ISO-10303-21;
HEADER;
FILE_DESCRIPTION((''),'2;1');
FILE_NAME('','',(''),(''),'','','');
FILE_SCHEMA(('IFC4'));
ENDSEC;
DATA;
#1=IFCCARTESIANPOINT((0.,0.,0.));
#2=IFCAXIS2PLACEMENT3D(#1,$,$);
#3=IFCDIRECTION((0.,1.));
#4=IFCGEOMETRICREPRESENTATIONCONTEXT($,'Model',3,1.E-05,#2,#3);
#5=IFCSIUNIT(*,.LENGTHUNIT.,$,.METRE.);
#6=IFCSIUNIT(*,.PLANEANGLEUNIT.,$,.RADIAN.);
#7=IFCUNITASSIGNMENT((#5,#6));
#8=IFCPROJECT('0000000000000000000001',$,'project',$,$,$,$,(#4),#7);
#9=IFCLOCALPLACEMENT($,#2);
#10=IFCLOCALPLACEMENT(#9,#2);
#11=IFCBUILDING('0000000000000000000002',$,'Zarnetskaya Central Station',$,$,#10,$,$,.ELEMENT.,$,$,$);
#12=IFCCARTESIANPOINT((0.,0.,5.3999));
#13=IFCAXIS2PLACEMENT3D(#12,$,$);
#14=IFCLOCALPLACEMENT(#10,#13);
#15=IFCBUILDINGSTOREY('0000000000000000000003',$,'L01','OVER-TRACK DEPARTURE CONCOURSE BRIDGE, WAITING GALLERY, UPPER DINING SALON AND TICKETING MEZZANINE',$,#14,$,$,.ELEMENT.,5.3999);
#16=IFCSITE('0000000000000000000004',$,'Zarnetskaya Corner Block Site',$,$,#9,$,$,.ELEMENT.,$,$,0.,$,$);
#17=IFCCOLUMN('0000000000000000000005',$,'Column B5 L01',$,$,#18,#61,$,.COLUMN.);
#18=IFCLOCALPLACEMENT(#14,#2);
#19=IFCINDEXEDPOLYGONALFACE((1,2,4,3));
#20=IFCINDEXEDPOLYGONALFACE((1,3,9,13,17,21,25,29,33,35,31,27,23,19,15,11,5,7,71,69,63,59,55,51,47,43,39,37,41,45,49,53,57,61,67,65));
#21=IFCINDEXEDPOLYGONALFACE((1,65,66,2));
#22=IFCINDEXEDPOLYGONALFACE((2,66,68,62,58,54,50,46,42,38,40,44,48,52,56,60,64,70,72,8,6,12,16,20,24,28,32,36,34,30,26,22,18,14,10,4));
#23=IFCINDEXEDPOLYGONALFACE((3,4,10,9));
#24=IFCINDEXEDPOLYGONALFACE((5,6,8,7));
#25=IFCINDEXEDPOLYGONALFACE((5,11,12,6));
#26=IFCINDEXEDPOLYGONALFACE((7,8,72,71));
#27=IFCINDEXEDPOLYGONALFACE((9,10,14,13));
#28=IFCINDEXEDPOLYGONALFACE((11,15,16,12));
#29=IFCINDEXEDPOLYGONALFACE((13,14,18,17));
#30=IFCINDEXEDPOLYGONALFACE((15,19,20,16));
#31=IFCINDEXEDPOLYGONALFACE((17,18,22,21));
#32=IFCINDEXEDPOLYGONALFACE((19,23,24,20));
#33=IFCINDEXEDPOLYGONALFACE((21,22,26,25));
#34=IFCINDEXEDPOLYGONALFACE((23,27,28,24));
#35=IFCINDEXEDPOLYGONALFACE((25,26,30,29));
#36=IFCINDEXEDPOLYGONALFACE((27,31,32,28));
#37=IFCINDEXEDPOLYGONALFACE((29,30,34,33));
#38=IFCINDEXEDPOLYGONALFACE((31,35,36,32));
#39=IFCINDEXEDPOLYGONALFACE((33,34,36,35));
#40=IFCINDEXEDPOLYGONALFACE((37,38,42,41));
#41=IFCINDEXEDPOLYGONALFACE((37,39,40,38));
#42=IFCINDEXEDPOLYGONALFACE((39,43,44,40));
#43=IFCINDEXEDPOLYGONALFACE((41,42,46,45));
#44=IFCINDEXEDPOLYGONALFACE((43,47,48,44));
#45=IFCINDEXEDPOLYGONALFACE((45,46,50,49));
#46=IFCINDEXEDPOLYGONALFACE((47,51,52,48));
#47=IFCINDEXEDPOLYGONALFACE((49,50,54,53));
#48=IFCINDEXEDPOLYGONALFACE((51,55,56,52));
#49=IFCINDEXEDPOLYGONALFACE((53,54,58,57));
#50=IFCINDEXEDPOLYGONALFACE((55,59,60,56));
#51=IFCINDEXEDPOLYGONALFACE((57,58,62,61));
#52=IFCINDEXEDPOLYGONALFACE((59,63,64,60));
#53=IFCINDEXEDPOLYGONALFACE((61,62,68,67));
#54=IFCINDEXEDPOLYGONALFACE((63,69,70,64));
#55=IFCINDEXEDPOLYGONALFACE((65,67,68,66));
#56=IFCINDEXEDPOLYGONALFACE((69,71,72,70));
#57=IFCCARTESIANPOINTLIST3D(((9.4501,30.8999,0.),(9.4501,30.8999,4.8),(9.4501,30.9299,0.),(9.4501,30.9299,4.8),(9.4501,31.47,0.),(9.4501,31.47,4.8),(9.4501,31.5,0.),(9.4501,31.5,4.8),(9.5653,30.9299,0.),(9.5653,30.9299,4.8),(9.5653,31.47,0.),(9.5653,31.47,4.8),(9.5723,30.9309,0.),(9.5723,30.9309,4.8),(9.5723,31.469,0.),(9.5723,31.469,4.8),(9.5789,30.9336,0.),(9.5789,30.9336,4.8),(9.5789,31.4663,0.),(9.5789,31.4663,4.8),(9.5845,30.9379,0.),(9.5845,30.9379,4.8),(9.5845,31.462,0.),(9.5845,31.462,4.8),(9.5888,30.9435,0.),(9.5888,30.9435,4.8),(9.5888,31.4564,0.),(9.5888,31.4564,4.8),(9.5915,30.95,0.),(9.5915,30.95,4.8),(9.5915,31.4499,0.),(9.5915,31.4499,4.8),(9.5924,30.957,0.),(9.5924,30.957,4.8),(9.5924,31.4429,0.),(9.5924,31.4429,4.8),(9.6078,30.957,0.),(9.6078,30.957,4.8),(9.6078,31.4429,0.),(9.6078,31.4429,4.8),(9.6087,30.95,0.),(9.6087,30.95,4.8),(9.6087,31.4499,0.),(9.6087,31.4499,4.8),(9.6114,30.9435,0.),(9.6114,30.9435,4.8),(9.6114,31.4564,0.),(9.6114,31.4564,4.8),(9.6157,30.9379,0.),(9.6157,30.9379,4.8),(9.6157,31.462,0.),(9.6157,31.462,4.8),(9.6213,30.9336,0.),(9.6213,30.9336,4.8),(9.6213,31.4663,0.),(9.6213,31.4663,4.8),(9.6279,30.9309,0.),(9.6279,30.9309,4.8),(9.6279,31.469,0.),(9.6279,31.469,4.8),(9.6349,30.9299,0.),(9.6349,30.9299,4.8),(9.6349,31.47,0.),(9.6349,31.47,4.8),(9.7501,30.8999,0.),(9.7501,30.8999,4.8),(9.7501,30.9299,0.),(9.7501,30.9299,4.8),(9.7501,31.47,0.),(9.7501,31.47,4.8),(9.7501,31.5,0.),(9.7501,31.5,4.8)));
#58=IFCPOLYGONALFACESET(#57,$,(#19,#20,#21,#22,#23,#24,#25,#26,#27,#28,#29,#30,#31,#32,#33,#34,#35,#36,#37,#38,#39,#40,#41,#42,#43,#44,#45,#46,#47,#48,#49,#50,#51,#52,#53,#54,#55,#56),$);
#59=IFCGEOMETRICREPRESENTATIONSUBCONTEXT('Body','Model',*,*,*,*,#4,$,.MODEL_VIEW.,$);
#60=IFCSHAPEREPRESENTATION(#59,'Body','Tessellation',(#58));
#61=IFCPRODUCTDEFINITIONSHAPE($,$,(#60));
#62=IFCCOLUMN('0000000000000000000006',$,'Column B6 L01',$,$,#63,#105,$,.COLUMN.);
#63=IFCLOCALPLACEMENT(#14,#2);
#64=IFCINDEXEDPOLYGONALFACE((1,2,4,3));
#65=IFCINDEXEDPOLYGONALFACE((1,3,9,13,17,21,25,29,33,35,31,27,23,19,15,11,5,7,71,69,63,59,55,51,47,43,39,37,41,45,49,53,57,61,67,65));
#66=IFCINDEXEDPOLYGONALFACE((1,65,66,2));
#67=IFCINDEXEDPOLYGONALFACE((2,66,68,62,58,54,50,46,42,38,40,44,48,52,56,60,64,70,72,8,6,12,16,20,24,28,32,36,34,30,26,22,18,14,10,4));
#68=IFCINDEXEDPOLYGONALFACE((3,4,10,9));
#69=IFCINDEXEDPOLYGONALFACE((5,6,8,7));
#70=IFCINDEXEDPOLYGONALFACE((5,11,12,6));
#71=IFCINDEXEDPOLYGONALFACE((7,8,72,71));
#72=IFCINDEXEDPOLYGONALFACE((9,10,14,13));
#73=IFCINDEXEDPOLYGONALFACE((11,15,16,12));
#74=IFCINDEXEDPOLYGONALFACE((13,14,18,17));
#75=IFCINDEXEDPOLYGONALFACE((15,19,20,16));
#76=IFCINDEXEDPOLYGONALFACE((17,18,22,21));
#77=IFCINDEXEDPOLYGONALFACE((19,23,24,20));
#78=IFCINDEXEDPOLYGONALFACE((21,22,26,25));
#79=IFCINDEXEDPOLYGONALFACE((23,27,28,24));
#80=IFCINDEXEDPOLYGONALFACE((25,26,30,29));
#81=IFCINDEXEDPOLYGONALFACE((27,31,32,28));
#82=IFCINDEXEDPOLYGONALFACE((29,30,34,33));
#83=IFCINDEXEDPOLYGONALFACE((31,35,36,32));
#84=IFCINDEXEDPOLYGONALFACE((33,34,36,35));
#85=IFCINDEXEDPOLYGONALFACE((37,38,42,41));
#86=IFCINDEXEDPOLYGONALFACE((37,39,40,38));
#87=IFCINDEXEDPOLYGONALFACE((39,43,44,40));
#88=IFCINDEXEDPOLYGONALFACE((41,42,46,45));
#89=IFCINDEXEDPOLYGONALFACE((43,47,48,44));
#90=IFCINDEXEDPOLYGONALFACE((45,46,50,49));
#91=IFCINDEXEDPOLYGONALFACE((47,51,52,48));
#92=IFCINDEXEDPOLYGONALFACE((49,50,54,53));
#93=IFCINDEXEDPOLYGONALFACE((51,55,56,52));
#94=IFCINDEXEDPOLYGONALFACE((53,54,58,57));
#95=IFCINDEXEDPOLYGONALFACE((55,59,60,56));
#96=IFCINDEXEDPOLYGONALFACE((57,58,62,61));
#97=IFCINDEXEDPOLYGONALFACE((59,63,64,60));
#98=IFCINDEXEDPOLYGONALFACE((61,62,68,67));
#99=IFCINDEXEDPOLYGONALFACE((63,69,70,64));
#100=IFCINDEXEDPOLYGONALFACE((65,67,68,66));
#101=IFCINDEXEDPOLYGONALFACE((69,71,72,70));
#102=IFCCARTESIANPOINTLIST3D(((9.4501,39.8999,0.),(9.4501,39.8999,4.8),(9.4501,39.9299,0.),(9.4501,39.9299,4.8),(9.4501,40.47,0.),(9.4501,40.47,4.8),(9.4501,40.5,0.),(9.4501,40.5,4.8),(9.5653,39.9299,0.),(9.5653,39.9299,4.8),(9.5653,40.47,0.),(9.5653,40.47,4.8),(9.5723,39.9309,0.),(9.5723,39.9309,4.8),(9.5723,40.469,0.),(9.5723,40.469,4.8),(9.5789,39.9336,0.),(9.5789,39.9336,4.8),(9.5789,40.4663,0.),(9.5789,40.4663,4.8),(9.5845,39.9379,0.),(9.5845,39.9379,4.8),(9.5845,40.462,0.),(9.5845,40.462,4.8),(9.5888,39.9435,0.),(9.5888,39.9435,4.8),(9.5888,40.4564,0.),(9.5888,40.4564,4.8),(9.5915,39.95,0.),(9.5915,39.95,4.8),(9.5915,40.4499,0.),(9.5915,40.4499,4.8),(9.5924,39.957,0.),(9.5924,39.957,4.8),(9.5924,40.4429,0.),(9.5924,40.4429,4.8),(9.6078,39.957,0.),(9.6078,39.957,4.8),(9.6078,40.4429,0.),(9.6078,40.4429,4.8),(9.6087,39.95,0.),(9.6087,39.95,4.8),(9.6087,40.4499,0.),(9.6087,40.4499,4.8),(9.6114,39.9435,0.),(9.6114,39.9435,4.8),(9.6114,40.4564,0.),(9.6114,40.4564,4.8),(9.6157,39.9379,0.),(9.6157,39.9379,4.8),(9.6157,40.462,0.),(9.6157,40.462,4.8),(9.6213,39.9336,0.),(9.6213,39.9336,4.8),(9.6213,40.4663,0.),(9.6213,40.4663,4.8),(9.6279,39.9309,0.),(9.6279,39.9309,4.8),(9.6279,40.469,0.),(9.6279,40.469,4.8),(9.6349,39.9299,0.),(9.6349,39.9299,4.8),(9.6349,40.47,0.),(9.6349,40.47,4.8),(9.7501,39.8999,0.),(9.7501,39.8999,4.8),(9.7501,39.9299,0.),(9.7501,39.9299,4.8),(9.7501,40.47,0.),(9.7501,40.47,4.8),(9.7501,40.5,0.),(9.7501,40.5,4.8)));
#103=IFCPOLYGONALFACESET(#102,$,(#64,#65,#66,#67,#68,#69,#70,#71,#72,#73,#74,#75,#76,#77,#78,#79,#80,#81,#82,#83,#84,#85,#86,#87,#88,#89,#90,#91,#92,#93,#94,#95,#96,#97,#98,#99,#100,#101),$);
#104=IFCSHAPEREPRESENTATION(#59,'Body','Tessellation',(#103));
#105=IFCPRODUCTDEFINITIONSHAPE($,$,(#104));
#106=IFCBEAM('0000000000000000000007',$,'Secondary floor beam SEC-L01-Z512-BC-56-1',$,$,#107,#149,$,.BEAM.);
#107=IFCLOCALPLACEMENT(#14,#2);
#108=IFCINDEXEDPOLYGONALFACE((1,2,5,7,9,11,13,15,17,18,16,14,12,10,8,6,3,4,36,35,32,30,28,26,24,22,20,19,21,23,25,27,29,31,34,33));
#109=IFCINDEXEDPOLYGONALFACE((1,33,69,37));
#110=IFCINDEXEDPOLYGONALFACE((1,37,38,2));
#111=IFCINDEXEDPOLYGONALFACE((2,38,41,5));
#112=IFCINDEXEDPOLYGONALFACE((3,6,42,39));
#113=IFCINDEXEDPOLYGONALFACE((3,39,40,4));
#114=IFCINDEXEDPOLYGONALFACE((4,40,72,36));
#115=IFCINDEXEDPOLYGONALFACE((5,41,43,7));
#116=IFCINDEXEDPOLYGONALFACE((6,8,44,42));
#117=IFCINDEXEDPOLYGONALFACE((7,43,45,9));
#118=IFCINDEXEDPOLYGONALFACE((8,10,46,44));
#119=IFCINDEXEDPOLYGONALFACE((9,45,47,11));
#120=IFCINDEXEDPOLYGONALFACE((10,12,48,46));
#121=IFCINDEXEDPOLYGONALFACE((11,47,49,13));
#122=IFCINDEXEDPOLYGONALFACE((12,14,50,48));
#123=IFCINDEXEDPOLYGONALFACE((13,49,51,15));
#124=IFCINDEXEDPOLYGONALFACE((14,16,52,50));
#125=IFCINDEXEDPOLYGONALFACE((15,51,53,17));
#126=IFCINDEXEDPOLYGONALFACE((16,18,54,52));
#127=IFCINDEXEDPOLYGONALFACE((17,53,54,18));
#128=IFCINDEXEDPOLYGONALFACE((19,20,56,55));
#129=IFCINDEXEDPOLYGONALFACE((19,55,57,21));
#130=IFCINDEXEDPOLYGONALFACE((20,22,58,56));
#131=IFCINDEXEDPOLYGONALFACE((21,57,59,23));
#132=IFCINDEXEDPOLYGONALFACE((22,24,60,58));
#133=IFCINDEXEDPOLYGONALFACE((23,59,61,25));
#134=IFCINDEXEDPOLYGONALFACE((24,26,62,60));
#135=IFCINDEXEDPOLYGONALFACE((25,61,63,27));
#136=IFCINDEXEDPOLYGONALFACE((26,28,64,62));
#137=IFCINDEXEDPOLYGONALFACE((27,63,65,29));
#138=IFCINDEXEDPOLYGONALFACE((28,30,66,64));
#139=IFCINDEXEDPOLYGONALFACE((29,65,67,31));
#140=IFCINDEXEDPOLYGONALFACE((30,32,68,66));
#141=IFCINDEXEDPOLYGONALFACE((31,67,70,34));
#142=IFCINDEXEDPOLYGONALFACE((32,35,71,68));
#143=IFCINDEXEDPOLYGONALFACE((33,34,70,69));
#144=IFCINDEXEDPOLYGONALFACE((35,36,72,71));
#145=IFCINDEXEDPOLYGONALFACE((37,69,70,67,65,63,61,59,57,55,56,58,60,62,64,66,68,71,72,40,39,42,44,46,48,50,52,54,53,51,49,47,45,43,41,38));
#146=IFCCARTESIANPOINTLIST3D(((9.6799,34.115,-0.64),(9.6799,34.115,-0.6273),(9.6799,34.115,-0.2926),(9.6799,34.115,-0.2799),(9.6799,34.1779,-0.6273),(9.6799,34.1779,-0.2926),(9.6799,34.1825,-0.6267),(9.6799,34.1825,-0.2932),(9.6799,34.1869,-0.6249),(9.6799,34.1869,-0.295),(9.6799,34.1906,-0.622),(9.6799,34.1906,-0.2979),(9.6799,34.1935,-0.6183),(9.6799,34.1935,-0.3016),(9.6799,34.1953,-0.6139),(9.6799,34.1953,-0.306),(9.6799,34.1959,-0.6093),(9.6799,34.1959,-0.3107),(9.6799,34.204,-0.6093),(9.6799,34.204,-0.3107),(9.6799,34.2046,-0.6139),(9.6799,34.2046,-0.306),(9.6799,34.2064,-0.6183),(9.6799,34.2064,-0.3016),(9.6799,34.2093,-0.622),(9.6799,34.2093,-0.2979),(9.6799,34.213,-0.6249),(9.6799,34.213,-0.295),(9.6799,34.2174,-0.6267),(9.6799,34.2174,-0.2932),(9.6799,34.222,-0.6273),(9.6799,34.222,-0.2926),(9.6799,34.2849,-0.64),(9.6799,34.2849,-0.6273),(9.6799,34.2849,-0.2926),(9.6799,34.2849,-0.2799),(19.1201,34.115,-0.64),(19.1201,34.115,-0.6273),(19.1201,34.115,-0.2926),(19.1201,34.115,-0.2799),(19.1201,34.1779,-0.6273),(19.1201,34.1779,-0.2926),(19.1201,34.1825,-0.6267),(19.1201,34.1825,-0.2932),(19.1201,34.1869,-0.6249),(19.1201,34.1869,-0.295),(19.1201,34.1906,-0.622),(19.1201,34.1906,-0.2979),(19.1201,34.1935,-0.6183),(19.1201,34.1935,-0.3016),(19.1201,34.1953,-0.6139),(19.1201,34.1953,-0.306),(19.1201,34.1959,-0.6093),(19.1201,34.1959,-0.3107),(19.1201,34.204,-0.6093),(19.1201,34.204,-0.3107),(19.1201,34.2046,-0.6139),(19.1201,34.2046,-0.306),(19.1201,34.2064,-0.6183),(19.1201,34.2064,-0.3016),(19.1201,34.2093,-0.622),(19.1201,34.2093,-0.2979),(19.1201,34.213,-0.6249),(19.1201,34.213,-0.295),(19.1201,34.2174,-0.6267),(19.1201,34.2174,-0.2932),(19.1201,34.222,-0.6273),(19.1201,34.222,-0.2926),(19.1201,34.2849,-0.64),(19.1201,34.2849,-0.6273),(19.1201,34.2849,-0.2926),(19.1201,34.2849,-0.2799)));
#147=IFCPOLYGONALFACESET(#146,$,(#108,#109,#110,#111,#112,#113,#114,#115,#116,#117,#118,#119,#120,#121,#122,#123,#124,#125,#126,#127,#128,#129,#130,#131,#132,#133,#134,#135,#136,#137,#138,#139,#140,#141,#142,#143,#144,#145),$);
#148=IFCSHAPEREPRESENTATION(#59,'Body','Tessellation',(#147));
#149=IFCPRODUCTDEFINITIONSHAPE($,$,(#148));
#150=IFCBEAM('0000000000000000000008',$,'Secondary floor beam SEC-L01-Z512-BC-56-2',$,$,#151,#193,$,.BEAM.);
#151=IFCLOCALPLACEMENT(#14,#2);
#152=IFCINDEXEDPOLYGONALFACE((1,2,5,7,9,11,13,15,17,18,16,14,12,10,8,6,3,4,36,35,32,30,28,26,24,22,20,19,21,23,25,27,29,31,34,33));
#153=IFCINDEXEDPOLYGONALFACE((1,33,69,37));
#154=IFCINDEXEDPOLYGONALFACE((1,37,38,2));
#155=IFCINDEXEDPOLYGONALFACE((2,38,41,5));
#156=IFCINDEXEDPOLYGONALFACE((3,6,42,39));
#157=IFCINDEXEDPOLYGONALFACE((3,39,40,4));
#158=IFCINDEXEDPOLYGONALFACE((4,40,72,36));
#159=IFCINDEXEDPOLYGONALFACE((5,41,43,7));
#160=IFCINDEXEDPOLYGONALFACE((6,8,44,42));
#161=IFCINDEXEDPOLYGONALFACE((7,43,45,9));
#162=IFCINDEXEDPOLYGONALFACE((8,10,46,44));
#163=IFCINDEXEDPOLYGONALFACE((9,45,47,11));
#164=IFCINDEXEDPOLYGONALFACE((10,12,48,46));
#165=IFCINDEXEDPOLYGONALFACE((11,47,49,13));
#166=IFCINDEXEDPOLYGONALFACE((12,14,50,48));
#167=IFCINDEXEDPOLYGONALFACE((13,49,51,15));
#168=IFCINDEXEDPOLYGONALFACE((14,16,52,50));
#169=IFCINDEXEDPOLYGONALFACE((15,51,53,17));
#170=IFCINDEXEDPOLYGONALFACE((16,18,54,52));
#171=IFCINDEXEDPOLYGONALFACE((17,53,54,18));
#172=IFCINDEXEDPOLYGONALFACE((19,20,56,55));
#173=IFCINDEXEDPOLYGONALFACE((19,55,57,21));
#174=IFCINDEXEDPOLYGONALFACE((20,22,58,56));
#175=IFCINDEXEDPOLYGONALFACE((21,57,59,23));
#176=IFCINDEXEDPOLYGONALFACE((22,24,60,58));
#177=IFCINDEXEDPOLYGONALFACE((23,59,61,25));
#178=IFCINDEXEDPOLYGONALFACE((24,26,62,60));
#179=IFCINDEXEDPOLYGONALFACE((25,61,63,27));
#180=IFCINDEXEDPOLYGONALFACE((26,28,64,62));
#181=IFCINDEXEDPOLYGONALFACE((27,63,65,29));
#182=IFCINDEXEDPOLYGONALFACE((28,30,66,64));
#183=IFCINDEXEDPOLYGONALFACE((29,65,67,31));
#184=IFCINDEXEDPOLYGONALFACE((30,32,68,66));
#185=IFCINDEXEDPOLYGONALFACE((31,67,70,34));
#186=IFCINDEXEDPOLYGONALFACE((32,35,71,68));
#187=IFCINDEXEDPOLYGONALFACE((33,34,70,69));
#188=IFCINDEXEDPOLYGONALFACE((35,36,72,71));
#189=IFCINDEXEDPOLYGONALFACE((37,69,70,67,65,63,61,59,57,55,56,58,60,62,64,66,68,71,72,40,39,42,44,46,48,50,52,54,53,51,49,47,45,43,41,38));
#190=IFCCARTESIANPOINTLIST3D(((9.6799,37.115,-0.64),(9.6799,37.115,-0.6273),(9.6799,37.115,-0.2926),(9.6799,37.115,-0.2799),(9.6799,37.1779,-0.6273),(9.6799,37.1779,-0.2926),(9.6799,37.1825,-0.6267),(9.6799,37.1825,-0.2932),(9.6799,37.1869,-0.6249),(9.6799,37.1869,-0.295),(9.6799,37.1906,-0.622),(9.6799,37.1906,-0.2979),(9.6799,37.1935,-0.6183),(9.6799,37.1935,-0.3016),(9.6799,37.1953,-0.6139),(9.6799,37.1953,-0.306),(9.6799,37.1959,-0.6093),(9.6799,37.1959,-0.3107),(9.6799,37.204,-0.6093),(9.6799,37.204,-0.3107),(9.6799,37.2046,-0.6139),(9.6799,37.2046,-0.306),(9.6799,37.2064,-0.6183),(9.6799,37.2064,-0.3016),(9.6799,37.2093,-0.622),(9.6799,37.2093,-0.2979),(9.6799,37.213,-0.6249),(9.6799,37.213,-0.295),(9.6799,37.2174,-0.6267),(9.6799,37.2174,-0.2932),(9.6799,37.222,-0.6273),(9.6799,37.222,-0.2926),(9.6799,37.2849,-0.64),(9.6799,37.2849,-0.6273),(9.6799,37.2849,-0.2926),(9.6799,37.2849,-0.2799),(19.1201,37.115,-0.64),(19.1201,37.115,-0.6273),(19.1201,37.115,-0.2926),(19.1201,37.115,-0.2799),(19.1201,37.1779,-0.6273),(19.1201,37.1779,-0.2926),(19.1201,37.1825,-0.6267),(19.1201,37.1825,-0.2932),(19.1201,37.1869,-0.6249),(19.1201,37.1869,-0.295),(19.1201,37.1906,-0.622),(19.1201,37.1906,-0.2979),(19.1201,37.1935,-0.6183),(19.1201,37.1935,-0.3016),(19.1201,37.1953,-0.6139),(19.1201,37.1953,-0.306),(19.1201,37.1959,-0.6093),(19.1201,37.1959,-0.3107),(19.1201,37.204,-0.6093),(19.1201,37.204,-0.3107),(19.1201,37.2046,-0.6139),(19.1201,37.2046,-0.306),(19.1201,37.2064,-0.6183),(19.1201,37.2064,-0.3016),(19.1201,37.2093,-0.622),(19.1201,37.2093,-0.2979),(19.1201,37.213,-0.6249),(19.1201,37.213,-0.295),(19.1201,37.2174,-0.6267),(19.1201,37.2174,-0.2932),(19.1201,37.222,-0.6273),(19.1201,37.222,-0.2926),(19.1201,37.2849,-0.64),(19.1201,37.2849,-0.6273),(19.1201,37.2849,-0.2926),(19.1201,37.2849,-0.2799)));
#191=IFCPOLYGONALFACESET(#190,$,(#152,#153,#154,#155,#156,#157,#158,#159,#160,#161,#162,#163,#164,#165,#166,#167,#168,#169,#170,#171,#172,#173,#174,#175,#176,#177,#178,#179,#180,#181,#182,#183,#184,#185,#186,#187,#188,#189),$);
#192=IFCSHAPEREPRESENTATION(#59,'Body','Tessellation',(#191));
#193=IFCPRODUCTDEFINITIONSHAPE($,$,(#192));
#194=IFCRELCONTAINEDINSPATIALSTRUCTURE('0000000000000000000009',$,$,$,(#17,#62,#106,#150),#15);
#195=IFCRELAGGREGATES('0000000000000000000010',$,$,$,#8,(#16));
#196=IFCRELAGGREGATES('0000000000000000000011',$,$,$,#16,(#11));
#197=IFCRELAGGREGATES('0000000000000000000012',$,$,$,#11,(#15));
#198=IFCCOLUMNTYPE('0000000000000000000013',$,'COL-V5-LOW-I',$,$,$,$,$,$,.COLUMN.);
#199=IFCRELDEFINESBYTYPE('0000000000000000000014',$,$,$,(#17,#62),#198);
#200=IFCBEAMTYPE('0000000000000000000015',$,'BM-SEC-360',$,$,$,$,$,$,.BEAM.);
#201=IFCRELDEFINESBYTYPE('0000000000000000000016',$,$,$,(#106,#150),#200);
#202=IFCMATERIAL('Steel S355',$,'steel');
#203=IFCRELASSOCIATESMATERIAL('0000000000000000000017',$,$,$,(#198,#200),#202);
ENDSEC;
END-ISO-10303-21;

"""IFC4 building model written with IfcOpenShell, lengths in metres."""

from ifc_helpers import new_model, si_unit, direction, frame, origin, origin_2d, place, context, subcontext, project, spatial, i_section, extrude, material, material_profile, profile_set, type_object, element, save


model = new_model("IFC4")

# Units and contexts
model_context = context("Model", 3, precision=1e-05, world=origin(), true_north=direction((0.0, 1.0)))
body_context = subcontext(model_context, "Body", "Model", "MODEL_VIEW")
ifc_project = project(units=[si_unit("LENGTHUNIT", "METRE"), si_unit("PLANEANGLEUNIT", "RADIAN")], contexts=[model_context])

# Site, building, storey
site_placement = place(None, origin())
site = spatial("IfcSite", under=ifc_project, at=site_placement, Name="Zarnetskaya Corner Block Site", CompositionType="ELEMENT", RefElevation=0.0)
building_placement = place(site_placement, origin())
building = spatial("IfcBuilding", under=site, at=building_placement, Name="Zarnetskaya Central Station", CompositionType="ELEMENT")
storey_placement = place(building_placement, frame((0.0, 0.0, 5.3999)))
storey = spatial("IfcBuildingStorey", under=building, at=storey_placement, Name="L01", Description="OVER-TRACK DEPARTURE CONCOURSE BRIDGE, WAITING GALLERY, UPPER DINING SALON AND TICKETING MEZZANINE", CompositionType="ELEMENT", Elevation=5.3999)

# Columns
ifc_material_1 = material(Name="Steel S355", Category="steel")
ifc_material_profile_1 = material_profile(ifc_material_1, i_section(OverallWidth=0.3, OverallDepth=0.6001, WebThickness=0.0154, FlangeThickness=0.03, FilletRadius=0.0271, at=origin_2d()), Name="HEB 600")
ifc_profile_set_1 = profile_set([ifc_material_profile_1], Name="Steel S355")
column_type = type_object("IfcColumnType", Name="COL-V5-LOW-I", PredefinedType="COLUMN", material=ifc_profile_set_1)
for number, where, z_axis, x_axis, name in (
    (1, (9.6001, 31.2, 0.0), (0.0, 0.0, 1.0), (1.0, 0.0, 0.0), "Column B5 L01"),
    (2, (9.6001, 40.2, 0.0), (0.0, 0.0, 1.0), (1.0, 0.0, 0.0), "Column B6 L01"),
):
    element("IfcColumn", number, at=place(storey_placement, frame(where, z_axis=z_axis, x_axis=x_axis)), inside=storey, type_object=column_type, Name=name, PredefinedType="COLUMN", context=body_context, shape_type="SweptSolid", body=[
        extrude(i_section(OverallWidth=0.3, OverallDepth=0.6001, WebThickness=0.0154, FlangeThickness=0.03, FilletRadius=0.0271, at=origin_2d()), origin(), (0.0, 0.0, 1.0), 4.8),
    ])

# Beams
ifc_material_profile_2 = material_profile(ifc_material_1, i_section(OverallWidth=0.1699, OverallDepth=0.3601, WebThickness=0.0081, FlangeThickness=0.0127, FilletRadius=0.0181, at=origin_2d()), Name="IPE 360")
ifc_profile_set_2 = profile_set([ifc_material_profile_2], Name="Steel S355")
beam_type_1 = type_object("IfcBeamType", Name="BM-SEC-360", PredefinedType="BEAM", material=ifc_profile_set_2)
for number, where, z_axis, x_axis, name in (
    (3, (9.6799, 34.2, -0.46), (1.0, 0.0, 0.0), (0.0, 1.0, 0.0), "Secondary floor beam SEC-L01-Z512-BC-56-1"),
    (4, (9.6799, 37.2, -0.46), (1.0, 0.0, 0.0), (0.0, 1.0, 0.0), "Secondary floor beam SEC-L01-Z512-BC-56-2"),
):
    element("IfcBeam", number, at=place(storey_placement, frame(where, z_axis=z_axis, x_axis=x_axis)), inside=storey, type_object=beam_type_1, Name=name, PredefinedType="BEAM", context=body_context, shape_type="SweptSolid", body=[
        extrude(i_section(OverallWidth=0.1699, OverallDepth=0.3601, WebThickness=0.0081, FlangeThickness=0.0127, FilletRadius=0.0181, at=origin_2d()), origin(), (0.0, 0.0, 1.0), 9.4402),
    ])

save(model, "model.ifc")
